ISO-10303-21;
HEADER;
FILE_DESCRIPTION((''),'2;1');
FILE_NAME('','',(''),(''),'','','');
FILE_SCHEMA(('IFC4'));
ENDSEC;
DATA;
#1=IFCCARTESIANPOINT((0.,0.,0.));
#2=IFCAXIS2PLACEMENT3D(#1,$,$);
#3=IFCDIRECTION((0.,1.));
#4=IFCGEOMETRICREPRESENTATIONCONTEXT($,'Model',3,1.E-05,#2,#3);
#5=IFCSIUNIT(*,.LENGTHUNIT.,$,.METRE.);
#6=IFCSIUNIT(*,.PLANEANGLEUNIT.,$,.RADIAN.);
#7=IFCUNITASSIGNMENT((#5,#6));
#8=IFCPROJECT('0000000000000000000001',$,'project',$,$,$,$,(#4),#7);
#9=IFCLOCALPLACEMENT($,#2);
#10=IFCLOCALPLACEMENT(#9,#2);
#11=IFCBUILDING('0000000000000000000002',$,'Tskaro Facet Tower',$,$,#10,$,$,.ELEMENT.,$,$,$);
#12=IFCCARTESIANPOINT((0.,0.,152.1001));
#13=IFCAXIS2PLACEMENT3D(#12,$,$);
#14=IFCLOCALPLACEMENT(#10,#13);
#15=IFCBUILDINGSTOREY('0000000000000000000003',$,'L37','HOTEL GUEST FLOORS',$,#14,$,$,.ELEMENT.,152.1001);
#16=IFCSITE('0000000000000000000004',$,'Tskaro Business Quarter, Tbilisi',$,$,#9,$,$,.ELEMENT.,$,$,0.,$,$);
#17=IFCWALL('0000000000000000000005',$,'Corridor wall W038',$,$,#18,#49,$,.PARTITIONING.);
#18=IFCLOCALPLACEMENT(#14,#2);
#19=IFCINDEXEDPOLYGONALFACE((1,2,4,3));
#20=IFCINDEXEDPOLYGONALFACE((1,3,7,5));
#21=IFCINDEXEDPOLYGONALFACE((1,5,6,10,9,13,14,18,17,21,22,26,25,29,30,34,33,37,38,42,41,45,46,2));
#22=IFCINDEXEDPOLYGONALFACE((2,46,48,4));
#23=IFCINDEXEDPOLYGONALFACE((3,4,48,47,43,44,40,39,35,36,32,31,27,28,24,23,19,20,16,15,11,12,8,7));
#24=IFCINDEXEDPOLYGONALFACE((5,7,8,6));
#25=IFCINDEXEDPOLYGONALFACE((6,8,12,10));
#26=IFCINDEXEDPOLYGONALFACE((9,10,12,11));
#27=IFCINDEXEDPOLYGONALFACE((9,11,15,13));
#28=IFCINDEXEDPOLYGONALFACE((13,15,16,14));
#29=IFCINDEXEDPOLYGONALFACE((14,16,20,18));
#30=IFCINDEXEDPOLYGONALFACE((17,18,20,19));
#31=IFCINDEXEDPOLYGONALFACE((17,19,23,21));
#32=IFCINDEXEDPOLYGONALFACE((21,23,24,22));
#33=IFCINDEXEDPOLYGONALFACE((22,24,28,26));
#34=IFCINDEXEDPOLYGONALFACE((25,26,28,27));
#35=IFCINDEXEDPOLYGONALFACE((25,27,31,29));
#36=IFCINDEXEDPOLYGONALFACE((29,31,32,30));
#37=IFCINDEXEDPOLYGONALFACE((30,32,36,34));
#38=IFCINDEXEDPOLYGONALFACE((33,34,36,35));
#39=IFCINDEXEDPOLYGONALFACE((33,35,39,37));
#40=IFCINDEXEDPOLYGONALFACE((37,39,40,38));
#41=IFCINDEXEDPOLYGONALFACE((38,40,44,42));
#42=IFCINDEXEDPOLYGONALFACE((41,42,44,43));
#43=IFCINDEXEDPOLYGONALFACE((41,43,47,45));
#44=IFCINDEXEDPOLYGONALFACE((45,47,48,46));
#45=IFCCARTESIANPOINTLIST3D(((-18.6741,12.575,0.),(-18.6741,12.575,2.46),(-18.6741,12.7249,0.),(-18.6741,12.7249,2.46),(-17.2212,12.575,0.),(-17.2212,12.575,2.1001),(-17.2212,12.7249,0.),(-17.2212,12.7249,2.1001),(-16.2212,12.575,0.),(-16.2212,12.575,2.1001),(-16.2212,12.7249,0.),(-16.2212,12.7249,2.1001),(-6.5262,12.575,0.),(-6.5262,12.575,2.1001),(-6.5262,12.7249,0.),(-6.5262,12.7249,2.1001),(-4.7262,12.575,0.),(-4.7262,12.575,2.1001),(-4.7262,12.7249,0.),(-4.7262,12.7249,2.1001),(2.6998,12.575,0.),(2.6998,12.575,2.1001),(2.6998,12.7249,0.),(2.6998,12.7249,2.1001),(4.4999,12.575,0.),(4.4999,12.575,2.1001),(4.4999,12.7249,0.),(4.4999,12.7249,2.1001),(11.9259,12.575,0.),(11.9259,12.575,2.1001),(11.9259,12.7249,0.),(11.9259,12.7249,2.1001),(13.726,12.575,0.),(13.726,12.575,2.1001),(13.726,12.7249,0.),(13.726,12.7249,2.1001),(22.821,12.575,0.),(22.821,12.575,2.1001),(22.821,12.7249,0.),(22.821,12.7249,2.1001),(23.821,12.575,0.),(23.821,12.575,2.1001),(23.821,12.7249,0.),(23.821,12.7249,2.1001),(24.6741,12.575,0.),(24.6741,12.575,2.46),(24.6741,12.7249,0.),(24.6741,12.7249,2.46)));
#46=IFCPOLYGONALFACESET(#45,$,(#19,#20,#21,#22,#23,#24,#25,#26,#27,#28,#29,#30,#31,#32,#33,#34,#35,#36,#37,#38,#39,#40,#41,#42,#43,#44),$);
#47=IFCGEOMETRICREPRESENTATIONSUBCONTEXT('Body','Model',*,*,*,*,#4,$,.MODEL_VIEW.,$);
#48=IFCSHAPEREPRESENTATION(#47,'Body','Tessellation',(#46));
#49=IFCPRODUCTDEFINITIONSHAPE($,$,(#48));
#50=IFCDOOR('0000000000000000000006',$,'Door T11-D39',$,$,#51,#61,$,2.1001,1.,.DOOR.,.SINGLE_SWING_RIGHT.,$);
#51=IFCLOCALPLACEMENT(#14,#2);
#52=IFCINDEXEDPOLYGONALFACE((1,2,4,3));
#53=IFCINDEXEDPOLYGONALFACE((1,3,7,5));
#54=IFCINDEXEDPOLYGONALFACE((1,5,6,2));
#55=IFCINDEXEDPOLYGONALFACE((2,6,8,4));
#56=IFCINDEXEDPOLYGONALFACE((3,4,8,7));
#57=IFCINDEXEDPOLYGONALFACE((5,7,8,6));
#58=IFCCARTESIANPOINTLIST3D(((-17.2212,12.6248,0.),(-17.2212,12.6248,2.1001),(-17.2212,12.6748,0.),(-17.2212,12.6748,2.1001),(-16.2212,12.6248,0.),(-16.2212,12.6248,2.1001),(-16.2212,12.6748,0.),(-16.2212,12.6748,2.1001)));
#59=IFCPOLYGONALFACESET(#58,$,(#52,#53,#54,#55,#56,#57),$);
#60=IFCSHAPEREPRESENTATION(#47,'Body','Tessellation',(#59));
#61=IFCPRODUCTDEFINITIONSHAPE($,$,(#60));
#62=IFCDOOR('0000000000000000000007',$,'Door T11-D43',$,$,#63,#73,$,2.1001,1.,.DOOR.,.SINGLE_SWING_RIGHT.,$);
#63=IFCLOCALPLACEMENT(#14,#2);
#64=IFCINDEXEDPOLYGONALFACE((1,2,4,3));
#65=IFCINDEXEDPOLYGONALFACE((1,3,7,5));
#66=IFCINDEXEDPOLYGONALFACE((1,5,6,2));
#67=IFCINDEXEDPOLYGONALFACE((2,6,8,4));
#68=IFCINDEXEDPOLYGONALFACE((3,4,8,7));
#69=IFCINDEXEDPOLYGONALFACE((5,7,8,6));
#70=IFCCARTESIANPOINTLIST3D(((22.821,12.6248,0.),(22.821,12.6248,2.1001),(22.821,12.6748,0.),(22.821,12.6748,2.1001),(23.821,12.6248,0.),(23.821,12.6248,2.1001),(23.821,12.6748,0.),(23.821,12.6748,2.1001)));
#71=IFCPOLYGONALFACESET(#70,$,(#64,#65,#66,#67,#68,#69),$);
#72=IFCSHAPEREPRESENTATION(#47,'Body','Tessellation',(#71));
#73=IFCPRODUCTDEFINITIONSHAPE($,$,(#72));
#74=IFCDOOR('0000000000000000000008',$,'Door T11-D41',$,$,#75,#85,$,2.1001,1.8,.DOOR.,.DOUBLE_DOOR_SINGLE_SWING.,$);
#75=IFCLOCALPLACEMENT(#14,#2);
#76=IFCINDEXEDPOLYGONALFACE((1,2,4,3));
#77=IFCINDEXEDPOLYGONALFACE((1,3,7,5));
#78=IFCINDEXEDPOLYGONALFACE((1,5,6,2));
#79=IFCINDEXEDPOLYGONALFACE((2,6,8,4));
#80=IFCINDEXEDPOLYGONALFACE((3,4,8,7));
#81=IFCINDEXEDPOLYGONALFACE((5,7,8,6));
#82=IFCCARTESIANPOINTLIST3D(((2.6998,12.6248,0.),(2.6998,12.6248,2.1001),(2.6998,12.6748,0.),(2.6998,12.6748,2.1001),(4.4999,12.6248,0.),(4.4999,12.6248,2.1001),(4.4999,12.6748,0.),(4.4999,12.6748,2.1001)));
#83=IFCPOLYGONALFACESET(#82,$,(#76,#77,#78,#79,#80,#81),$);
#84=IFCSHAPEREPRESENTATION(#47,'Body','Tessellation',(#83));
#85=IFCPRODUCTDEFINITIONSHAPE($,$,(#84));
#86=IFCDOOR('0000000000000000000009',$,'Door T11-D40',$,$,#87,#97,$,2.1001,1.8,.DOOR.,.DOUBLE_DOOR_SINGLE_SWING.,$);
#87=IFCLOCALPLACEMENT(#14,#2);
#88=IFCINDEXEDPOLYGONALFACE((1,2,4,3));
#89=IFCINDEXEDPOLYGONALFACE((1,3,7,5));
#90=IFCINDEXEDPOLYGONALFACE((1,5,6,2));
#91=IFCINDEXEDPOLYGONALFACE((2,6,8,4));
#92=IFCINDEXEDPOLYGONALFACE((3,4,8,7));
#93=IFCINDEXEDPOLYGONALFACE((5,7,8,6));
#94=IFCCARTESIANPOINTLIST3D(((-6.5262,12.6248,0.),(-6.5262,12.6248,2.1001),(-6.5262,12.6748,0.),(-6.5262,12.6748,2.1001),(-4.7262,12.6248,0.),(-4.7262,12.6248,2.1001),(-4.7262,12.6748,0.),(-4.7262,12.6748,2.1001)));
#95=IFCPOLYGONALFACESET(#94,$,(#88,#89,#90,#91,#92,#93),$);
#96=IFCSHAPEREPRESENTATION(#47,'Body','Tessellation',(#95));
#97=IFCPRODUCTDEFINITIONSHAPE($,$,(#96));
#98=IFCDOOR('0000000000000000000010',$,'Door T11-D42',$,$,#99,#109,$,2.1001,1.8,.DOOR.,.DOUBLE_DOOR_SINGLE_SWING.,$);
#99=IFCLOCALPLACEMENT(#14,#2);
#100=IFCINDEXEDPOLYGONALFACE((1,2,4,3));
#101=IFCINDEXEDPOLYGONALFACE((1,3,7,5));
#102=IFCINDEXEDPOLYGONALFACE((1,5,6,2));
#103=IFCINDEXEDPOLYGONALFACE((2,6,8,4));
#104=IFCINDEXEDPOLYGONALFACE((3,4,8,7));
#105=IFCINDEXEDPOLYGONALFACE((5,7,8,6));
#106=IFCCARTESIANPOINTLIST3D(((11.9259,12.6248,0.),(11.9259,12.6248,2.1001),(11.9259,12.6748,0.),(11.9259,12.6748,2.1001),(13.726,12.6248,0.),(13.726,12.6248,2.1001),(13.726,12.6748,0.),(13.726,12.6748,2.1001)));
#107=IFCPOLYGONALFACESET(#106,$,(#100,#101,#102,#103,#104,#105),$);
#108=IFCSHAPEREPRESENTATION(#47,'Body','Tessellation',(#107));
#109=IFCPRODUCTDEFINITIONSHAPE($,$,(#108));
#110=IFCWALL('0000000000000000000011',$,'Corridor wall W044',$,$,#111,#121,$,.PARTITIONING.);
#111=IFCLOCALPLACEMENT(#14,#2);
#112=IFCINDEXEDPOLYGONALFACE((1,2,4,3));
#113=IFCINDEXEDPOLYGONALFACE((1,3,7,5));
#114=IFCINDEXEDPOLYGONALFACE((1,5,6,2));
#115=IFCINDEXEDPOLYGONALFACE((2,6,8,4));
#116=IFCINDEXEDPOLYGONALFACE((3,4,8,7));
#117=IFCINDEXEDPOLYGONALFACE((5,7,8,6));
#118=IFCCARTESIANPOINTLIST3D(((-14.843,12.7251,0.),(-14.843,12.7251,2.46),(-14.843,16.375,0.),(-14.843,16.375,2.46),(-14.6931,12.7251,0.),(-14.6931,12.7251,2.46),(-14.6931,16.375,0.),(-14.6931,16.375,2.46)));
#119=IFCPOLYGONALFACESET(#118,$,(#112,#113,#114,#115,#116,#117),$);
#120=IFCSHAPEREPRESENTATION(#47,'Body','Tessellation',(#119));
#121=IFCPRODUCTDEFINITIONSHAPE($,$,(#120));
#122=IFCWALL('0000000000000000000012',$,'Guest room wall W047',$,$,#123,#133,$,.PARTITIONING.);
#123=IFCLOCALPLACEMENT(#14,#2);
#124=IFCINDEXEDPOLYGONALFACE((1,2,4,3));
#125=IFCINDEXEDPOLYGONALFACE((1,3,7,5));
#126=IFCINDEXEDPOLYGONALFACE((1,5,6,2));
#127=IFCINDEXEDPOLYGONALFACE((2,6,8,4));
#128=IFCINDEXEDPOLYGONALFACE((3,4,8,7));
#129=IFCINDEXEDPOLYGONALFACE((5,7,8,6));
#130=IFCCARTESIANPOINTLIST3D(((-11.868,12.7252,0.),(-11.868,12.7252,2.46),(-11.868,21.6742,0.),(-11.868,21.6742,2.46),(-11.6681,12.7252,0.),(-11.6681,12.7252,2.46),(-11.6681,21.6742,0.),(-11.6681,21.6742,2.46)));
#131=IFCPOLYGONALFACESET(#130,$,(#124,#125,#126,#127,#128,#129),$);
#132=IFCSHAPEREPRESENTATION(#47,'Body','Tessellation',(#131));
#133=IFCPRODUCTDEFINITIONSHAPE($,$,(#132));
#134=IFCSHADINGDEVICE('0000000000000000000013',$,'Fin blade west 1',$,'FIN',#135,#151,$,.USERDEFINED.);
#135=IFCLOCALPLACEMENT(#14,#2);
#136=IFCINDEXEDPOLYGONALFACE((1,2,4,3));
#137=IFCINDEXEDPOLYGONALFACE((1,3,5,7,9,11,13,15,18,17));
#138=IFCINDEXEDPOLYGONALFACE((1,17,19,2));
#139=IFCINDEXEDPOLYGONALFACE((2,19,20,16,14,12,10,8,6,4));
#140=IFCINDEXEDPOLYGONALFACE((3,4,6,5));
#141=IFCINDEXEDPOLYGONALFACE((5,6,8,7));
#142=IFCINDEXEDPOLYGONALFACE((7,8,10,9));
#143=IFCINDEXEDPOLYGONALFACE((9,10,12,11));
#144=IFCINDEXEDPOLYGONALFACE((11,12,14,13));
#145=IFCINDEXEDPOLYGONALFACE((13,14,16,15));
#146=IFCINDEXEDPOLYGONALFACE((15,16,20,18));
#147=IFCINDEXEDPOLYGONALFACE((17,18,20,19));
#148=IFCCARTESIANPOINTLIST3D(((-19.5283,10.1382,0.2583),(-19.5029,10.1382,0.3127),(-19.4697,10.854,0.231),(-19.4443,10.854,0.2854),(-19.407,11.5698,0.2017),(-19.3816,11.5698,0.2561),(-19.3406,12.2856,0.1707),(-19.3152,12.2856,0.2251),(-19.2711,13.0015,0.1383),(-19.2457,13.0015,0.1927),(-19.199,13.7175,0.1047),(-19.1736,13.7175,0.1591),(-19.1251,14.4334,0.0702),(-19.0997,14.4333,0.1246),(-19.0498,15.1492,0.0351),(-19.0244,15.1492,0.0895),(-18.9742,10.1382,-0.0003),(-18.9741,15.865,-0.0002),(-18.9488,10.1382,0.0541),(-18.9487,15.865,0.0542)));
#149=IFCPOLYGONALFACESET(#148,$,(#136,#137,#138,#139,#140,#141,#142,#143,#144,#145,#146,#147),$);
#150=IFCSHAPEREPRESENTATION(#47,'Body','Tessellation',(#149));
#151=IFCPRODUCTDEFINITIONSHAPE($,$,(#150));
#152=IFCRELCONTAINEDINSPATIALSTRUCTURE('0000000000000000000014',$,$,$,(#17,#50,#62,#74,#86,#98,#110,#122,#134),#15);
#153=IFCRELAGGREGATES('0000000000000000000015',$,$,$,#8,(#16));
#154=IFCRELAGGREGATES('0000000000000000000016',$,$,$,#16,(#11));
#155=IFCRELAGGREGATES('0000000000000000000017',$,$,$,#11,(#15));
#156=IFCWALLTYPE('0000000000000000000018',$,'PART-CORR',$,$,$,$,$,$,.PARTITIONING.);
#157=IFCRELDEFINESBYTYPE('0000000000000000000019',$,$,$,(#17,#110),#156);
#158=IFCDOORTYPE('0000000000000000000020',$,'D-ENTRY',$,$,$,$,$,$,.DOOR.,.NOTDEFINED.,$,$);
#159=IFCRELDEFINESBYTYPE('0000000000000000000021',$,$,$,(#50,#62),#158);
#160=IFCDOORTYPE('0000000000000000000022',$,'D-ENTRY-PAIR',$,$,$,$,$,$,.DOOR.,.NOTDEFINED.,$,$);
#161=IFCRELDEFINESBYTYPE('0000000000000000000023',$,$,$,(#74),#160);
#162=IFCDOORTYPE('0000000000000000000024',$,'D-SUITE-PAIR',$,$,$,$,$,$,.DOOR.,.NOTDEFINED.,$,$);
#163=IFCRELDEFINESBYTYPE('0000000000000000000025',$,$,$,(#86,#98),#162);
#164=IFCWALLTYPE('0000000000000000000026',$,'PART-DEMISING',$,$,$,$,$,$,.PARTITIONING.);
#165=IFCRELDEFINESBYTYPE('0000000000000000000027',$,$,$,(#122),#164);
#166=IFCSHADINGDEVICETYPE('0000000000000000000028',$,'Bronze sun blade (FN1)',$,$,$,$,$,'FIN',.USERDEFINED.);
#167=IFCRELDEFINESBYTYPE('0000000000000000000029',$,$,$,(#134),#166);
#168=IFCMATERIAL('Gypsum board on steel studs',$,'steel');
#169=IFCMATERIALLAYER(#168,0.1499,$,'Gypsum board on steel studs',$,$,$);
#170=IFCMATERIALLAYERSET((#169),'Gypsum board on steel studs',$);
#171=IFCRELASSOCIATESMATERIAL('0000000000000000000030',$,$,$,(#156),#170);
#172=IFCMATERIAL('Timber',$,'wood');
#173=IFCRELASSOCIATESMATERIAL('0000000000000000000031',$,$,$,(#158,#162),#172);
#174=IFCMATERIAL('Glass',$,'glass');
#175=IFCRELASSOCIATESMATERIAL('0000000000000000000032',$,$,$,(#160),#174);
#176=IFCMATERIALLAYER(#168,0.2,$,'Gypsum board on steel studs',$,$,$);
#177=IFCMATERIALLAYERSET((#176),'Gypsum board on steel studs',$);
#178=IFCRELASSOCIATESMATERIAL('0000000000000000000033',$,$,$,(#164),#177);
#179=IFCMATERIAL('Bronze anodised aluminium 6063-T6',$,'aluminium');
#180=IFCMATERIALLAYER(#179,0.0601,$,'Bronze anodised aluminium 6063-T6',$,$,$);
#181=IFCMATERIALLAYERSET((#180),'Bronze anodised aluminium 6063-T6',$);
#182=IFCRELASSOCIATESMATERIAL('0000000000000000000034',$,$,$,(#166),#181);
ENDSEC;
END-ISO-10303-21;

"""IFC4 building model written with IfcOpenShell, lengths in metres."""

from ifc_helpers import new_model, si_unit, direction, frame, frame_2d, origin, place, context, subcontext, project, spatial, polyline, rectangle, outline, extrude, material, layer, layer_set, type_object, element, fill, save


model = new_model("IFC4")

# Units and contexts
model_context = context("Model", 3, precision=1e-05, world=origin(), true_north=direction((0.0, 1.0)))
body_context = subcontext(model_context, "Body", "Model", "MODEL_VIEW")
ifc_project = project(units=[si_unit("LENGTHUNIT", "METRE"), si_unit("PLANEANGLEUNIT", "RADIAN")], contexts=[model_context])

# Site, building, storey
site_placement = place(None, origin())
site = spatial("IfcSite", under=ifc_project, at=site_placement, Name="Tskaro Business Quarter, Tbilisi", CompositionType="ELEMENT", RefElevation=0.0)
building_placement = place(site_placement, origin())
building = spatial("IfcBuilding", under=site, at=building_placement, Name="Tskaro Facet Tower", CompositionType="ELEMENT")
storey_placement = place(building_placement, frame((0.0, 0.0, 152.1001)))
storey = spatial("IfcBuildingStorey", under=building, at=storey_placement, Name="L37", Description="HOTEL GUEST FLOORS", CompositionType="ELEMENT", Elevation=152.1001)

# Shared definitions
ifc_material_1 = material(Name="Bronze anodised aluminium 6063-T6", Category="aluminium")

# Wall, openings, doors
ifc_material_2 = material(Name="Gypsum board on steel studs", Category="steel")
ifc_layer_1 = layer(ifc_material_2, 0.1499, Name="Gypsum board on steel studs")
ifc_layer_set_1 = layer_set([ifc_layer_1], Name="Gypsum board on steel studs")
wall_type_1 = type_object("IfcWallType", Name="PART-CORR", PredefinedType="PARTITIONING", material=ifc_layer_set_1)
wall_1_placement = place(storey_placement, frame((-18.6741, 12.6499, 0.0), z_axis=(0.0, 0.0, 1.0), x_axis=(1.0, 0.0, 0.0)))
wall_1 = element("IfcWall", 1, at=wall_1_placement, inside=storey, type_object=wall_type_1, Name="Corridor wall W038", PredefinedType="PARTITIONING", context=body_context, shape_type="SweptSolid", body=[
    extrude(rectangle(XDim=43.3481, YDim=0.1499, at=frame_2d((21.6741, 0.0))), origin(), (0.0, 0.0, 1.0), 2.46),
])
opening_1_placement = place(wall_1_placement, frame((1.4529, 0.0, 0.0)))
opening_1 = element("IfcOpeningElement", 2, at=opening_1_placement, cuts=wall_1, PredefinedType="OPENING", context=body_context, shape_type="SweptSolid", body=[
    extrude(rectangle(XDim=1.0, YDim=2.1001, at=frame_2d((0.5, 1.05))), frame((0.0, 0.085, 0.0), z_axis=(0.0, -1.0, 0.0), x_axis=(1.0, 0.0, 0.0)), (0.0, 0.0, 1.0), 0.1699),
])
opening_2_placement = place(wall_1_placement, frame((12.1479, 0.0, 0.0)))
opening_2 = element("IfcOpeningElement", 3, at=opening_2_placement, cuts=wall_1, PredefinedType="OPENING", context=body_context, shape_type="SweptSolid", body=[
    extrude(rectangle(XDim=1.8, YDim=2.1001, at=frame_2d((0.8999, 1.05))), frame((0.0, 0.085, 0.0), z_axis=(0.0, -1.0, 0.0), x_axis=(1.0, 0.0, 0.0)), (0.0, 0.0, 1.0), 0.1699),
])
opening_3_placement = place(wall_1_placement, frame((21.374, 0.0, 0.0)))
opening_3 = element("IfcOpeningElement", 4, at=opening_3_placement, cuts=wall_1, PredefinedType="OPENING", context=body_context, shape_type="SweptSolid", body=[
    extrude(rectangle(XDim=1.8, YDim=2.1001, at=frame_2d((0.8999, 1.05))), frame((0.0, 0.085, 0.0), z_axis=(0.0, -1.0, 0.0), x_axis=(1.0, 0.0, 0.0)), (0.0, 0.0, 1.0), 0.1699),
])
opening_4_placement = place(wall_1_placement, frame((30.6001, 0.0, 0.0)))
opening_4 = element("IfcOpeningElement", 5, at=opening_4_placement, cuts=wall_1, PredefinedType="OPENING", context=body_context, shape_type="SweptSolid", body=[
    extrude(rectangle(XDim=1.8, YDim=2.1001, at=frame_2d((0.8999, 1.05))), frame((0.0, 0.085, 0.0), z_axis=(0.0, -1.0, 0.0), x_axis=(1.0, 0.0, 0.0)), (0.0, 0.0, 1.0), 0.1699),
])
opening_5_placement = place(wall_1_placement, frame((41.4951, 0.0, 0.0)))
opening_5 = element("IfcOpeningElement", 6, at=opening_5_placement, cuts=wall_1, PredefinedType="OPENING", context=body_context, shape_type="SweptSolid", body=[
    extrude(rectangle(XDim=1.0, YDim=2.1001, at=frame_2d((0.5, 1.05))), frame((0.0, 0.085, 0.0), z_axis=(0.0, -1.0, 0.0), x_axis=(1.0, 0.0, 0.0)), (0.0, 0.0, 1.0), 0.1699),
])
ifc_material_3 = material(Name="Timber", Category="wood")
door_type_1 = type_object("IfcDoorType", Name="D-ENTRY", OperationType="NOTDEFINED", PredefinedType="DOOR", material=ifc_material_3)
door_1_placement = place(opening_1_placement, origin())
door_1 = element("IfcDoor", 7, at=door_1_placement, inside=storey, type_object=door_type_1, Name="Door T11-D39", OperationType="SINGLE_SWING_RIGHT", OverallHeight=2.1001, OverallWidth=1.0, PredefinedType="DOOR", context=body_context, shape_type="SweptSolid", body=[
    extrude(rectangle(XDim=1.0, YDim=2.1001, at=frame_2d((0.5, 1.05))), frame((0.0, 0.0249, 0.0), z_axis=(0.0, -1.0, 0.0), x_axis=(1.0, 0.0, 0.0)), (0.0, 0.0, 1.0), 0.05),
])
fill(opening_1, door_1)
door_2_placement = place(opening_5_placement, origin())
door_2 = element("IfcDoor", 8, at=door_2_placement, inside=storey, type_object=door_type_1, Name="Door T11-D43", OperationType="SINGLE_SWING_RIGHT", OverallHeight=2.1001, OverallWidth=1.0, PredefinedType="DOOR", context=body_context, shape_type="SweptSolid", body=[
    extrude(rectangle(XDim=1.0, YDim=2.1001, at=frame_2d((0.5, 1.05))), frame((0.0, 0.0249, 0.0), z_axis=(0.0, -1.0, 0.0), x_axis=(1.0, 0.0, 0.0)), (0.0, 0.0, 1.0), 0.05),
])
fill(opening_5, door_2)
ifc_material_4 = material(Name="Glass", Category="glass")
door_type_2 = type_object("IfcDoorType", Name="D-ENTRY-PAIR", OperationType="NOTDEFINED", PredefinedType="DOOR", material=ifc_material_4)
door_3_placement = place(opening_3_placement, origin())
door_3 = element("IfcDoor", 9, at=door_3_placement, inside=storey, type_object=door_type_2, Name="Door T11-D41", OperationType="DOUBLE_DOOR_SINGLE_SWING", OverallHeight=2.1001, OverallWidth=1.8, PredefinedType="DOOR", context=body_context, shape_type="SweptSolid", body=[
    extrude(rectangle(XDim=1.8, YDim=2.1001, at=frame_2d((0.8999, 1.05))), frame((0.0, 0.0249, 0.0), z_axis=(0.0, -1.0, 0.0), x_axis=(1.0, 0.0, 0.0)), (0.0, 0.0, 1.0), 0.05),
])
fill(opening_3, door_3)
door_type_3 = type_object("IfcDoorType", Name="D-SUITE-PAIR", OperationType="NOTDEFINED", PredefinedType="DOOR", material=ifc_material_3)
door_4_placement = place(opening_2_placement, origin())
door_4 = element("IfcDoor", 10, at=door_4_placement, inside=storey, type_object=door_type_3, Name="Door T11-D40", OperationType="DOUBLE_DOOR_SINGLE_SWING", OverallHeight=2.1001, OverallWidth=1.8, PredefinedType="DOOR", context=body_context, shape_type="SweptSolid", body=[
    extrude(rectangle(XDim=1.8, YDim=2.1001, at=frame_2d((0.8999, 1.05))), frame((0.0, 0.0249, 0.0), z_axis=(0.0, -1.0, 0.0), x_axis=(1.0, 0.0, 0.0)), (0.0, 0.0, 1.0), 0.05),
])
fill(opening_2, door_4)
door_5_placement = place(opening_4_placement, origin())
door_5 = element("IfcDoor", 11, at=door_5_placement, inside=storey, type_object=door_type_3, Name="Door T11-D42", OperationType="DOUBLE_DOOR_SINGLE_SWING", OverallHeight=2.1001, OverallWidth=1.8, PredefinedType="DOOR", context=body_context, shape_type="SweptSolid", body=[
    extrude(rectangle(XDim=1.8, YDim=2.1001, at=frame_2d((0.8999, 1.05))), frame((0.0, 0.0249, 0.0), z_axis=(0.0, -1.0, 0.0), x_axis=(1.0, 0.0, 0.0)), (0.0, 0.0, 1.0), 0.05),
])
fill(opening_4, door_5)

# Walls
wall_2_placement = place(storey_placement, frame((-14.7681, 12.7251, 0.0), z_axis=(0.0, 0.0, 1.0), x_axis=(0.0, 1.0, 0.0)))
element("IfcWall", 12, at=wall_2_placement, inside=storey, type_object=wall_type_1, Name="Corridor wall W044", PredefinedType="PARTITIONING", context=body_context, shape_type="SweptSolid", body=[
    extrude(rectangle(XDim=3.6499, YDim=0.1499, at=frame_2d((1.825, 0.0))), origin(), (0.0, 0.0, 1.0), 2.46),
])
ifc_layer_2 = layer(ifc_material_2, 0.2, Name="Gypsum board on steel studs")
ifc_layer_set_2 = layer_set([ifc_layer_2], Name="Gypsum board on steel studs")
wall_type_2 = type_object("IfcWallType", Name="PART-DEMISING", PredefinedType="PARTITIONING", material=ifc_layer_set_2)
wall_3_placement = place(storey_placement, frame((-11.7681, 12.7251, 0.0), z_axis=(0.0, 0.0, 1.0), x_axis=(0.0, 1.0, 0.0)))
element("IfcWall", 13, at=wall_3_placement, inside=storey, type_object=wall_type_2, Name="Guest room wall W047", PredefinedType="PARTITIONING", context=body_context, shape_type="SweptSolid", body=[
    extrude(rectangle(XDim=8.949, YDim=0.2, at=frame_2d((4.4746, 0.0))), origin(), (0.0, 0.0, 1.0), 2.46),
])

# Shading device
ifc_layer_3 = layer(ifc_material_1, 0.0601, Name="Bronze anodised aluminium 6063-T6")
ifc_layer_set_3 = layer_set([ifc_layer_3], Name="Bronze anodised aluminium 6063-T6")
shading_device_type = type_object("IfcShadingDeviceType", Name="Bronze sun blade (FN1)", ElementType="FIN", PredefinedType="USERDEFINED", material=ifc_layer_set_3)
shading_device_placement = place(storey_placement, frame((-18.9487, 15.865, 0.0542), z_axis=(0.422909, -0.000017, 0.906172), x_axis=(-0.000007, -1.0, -0.000015)))
element("IfcShadingDevice", 14, at=shading_device_placement, inside=storey, type_object=shading_device_type, Name="Fin blade west 1", ObjectType="FIN", PredefinedType="USERDEFINED", context=body_context, shape_type="SweptSolid", body=[
    extrude(outline(polyline([(0.0, 0.0), (5.7268, 0.0), (5.7268, -0.6115), (5.011, -0.5469), (4.2952, -0.4776), (3.5793, -0.4043), (2.8635, -0.3277), (2.1475, -0.2482), (1.4316, -0.1666), (0.7158, -0.0836), (0.0, 0.0)])), origin(), (0.0, 0.0, -1.0), 0.0601),
])

save(model, "model.ifc")
